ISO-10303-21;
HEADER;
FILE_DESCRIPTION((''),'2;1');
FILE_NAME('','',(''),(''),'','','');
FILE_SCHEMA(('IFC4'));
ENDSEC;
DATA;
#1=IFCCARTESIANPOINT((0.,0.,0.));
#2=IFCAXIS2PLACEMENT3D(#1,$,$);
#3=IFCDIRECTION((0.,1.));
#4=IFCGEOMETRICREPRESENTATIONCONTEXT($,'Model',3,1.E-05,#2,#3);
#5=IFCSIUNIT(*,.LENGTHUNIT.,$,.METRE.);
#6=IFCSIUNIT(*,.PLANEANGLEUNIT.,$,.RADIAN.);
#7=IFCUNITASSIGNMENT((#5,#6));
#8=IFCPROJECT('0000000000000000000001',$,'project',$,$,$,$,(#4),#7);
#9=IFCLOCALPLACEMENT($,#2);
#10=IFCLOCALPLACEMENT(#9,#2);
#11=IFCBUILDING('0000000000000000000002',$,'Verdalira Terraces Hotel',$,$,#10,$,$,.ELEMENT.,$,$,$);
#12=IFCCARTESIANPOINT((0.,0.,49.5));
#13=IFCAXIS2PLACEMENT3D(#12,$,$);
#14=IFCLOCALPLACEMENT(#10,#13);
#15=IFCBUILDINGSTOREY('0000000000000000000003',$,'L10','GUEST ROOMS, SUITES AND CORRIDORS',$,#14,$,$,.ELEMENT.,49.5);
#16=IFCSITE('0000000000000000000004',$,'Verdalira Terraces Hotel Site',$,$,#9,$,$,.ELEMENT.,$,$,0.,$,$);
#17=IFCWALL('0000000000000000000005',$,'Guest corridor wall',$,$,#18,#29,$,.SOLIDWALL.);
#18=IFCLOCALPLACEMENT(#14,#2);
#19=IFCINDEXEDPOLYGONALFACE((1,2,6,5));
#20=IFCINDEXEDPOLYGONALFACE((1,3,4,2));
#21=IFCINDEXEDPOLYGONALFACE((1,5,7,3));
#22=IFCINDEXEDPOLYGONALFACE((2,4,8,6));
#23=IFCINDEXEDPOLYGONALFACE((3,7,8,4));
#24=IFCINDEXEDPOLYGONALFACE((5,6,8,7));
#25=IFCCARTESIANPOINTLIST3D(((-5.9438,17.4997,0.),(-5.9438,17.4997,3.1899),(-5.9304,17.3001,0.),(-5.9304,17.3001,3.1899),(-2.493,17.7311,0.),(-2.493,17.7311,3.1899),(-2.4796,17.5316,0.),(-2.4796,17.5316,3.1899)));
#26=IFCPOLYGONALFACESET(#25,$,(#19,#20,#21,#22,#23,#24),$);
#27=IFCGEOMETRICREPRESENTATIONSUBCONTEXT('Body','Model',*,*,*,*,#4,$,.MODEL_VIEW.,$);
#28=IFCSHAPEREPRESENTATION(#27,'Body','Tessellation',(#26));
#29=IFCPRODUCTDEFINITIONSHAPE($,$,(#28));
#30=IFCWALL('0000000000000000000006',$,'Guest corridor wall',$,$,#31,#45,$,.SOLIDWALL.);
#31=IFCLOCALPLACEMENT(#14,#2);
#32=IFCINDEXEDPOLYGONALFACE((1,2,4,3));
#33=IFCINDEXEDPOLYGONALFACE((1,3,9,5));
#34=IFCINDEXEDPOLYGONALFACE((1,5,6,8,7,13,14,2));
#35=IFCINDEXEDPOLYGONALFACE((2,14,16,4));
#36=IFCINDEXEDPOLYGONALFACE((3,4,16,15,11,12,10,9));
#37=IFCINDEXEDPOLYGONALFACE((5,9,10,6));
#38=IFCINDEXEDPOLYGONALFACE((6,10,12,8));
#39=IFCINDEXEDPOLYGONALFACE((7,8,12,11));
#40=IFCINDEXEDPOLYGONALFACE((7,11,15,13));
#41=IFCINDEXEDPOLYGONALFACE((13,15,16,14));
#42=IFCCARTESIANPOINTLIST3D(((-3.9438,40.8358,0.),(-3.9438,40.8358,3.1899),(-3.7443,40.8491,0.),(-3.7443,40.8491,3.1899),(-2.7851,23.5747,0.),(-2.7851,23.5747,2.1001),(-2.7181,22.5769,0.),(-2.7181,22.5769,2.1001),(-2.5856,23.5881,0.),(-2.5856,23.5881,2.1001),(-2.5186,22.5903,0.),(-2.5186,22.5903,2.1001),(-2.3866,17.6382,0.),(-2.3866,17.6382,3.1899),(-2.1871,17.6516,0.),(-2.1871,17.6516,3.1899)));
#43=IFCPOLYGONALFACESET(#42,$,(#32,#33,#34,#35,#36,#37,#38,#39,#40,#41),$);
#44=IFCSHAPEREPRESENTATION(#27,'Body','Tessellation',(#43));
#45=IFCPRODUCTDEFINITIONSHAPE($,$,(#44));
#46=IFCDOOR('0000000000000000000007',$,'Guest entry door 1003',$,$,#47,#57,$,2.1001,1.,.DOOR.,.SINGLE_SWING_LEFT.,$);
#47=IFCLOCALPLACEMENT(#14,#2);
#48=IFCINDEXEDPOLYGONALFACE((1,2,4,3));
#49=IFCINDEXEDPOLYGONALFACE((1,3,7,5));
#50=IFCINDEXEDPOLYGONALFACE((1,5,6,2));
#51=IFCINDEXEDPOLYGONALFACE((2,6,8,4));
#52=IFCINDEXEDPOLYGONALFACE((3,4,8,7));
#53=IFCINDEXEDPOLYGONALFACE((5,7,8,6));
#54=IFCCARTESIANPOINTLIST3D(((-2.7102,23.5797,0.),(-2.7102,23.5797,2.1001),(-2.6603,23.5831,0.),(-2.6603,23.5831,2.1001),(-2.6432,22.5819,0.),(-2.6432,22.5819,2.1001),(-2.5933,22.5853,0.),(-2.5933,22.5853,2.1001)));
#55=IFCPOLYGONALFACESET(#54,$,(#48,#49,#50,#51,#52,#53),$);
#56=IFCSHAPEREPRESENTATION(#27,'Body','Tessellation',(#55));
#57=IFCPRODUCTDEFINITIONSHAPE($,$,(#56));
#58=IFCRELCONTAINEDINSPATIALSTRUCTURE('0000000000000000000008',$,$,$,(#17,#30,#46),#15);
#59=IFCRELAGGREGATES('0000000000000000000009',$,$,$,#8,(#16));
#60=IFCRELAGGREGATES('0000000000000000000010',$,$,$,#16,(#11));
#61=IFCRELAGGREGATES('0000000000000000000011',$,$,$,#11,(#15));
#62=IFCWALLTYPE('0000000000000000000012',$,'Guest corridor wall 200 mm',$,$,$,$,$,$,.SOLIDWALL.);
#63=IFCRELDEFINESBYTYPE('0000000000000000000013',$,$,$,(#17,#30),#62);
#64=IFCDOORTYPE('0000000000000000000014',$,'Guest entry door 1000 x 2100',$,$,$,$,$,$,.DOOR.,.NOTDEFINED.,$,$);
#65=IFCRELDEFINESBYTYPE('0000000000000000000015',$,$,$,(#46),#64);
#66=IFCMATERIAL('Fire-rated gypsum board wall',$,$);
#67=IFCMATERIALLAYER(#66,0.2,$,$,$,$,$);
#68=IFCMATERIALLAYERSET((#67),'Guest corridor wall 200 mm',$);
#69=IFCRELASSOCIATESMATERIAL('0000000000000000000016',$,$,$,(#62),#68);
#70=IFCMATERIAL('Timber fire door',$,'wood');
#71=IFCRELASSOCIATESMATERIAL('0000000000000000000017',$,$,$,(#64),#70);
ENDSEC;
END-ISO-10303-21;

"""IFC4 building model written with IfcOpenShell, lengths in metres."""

from ifc_helpers import new_model, si_unit, direction, frame, frame_2d, origin, place, context, subcontext, project, spatial, rectangle, extrude, material, layer, layer_set, type_object, element, fill, save


model = new_model("IFC4")

# Units and contexts
model_context = context("Model", 3, precision=1e-05, world=origin(), true_north=direction((0.0, 1.0)))
body_context = subcontext(model_context, "Body", "Model", "MODEL_VIEW")
ifc_project = project(units=[si_unit("LENGTHUNIT", "METRE"), si_unit("PLANEANGLEUNIT", "RADIAN")], contexts=[model_context])

# Site, building, storey
site_placement = place(None, origin())
site = spatial("IfcSite", under=ifc_project, at=site_placement, Name="Verdalira Terraces Hotel Site", CompositionType="ELEMENT", RefElevation=0.0)
building_placement = place(site_placement, origin())
building = spatial("IfcBuilding", under=site, at=building_placement, Name="Verdalira Terraces Hotel", CompositionType="ELEMENT")
storey_placement = place(building_placement, frame((0.0, 0.0, 49.5)))
storey = spatial("IfcBuildingStorey", under=building, at=storey_placement, Name="L10", Description="GUEST ROOMS, SUITES AND CORRIDORS", CompositionType="ELEMENT", Elevation=49.5)

# Wall
ifc_material_1 = material(Name="Fire-rated gypsum board wall")
ifc_layer_1 = layer(ifc_material_1, 0.2)
ifc_layer_set_1 = layer_set([ifc_layer_1], Name="Guest corridor wall 200 mm")
wall_type_1 = type_object("IfcWallType", Name="Guest corridor wall 200 mm", PredefinedType="SOLIDWALL", material=ifc_layer_set_1)
wall_1_placement = place(storey_placement, frame((-2.4863, 17.6313, 0.0), z_axis=(0.0, 0.0, 1.0), x_axis=(-0.997758, -0.066922, 0.0)))
element("IfcWall", 1, at=wall_1_placement, inside=storey, type_object=wall_type_1, Name="Guest corridor wall", PredefinedType="SOLIDWALL", context=body_context, shape_type="SweptSolid", body=[
    extrude(rectangle(XDim=3.4585, YDim=0.2, at=frame_2d((1.7292, 0.0))), origin(), (0.0, 0.0, 1.0), 3.1899),
])

# Wall, opening, door
wall_2_placement = place(storey_placement, frame((-2.2869, 17.6448, 0.0), z_axis=(0.0, 0.0, 1.0), x_axis=(-0.066974, 0.997755, 0.0)))
wall_2 = element("IfcWall", 2, at=wall_2_placement, inside=storey, type_object=wall_type_1, Name="Guest corridor wall", PredefinedType="SOLIDWALL", context=body_context, shape_type="SweptSolid", body=[
    extrude(rectangle(XDim=23.2498, YDim=0.2, at=frame_2d((11.625, 0.0))), origin(), (0.0, 0.0, 1.0), 3.1899),
])
opening_1_placement = place(wall_2_placement, frame((4.95, 0.0, 0.0)))
opening_1 = element("IfcOpeningElement", 3, at=opening_1_placement, cuts=wall_2, PredefinedType="OPENING", context=body_context, shape_type="SweptSolid", body=[
    extrude(rectangle(XDim=1.0, YDim=2.1001, at=frame_2d((0.5, 1.05))), frame((0.0, 0.1099, 0.0), z_axis=(0.0, -1.0, 0.0), x_axis=(1.0, 0.0, 0.0)), (0.0, 0.0, 1.0), 0.22),
])
ifc_material_2 = material(Name="Timber fire door", Category="wood")
door_type_1 = type_object("IfcDoorType", Name="Guest entry door 1000 x 2100", OperationType="NOTDEFINED", PredefinedType="DOOR", material=ifc_material_2)
door_1_placement = place(opening_1_placement, origin())
door_1 = element("IfcDoor", 4, at=door_1_placement, inside=storey, type_object=door_type_1, Name="Guest entry door 1003", OperationType="SINGLE_SWING_LEFT", OverallHeight=2.1001, OverallWidth=1.0, PredefinedType="DOOR", context=body_context, shape_type="SweptSolid", body=[
    extrude(rectangle(XDim=1.0, YDim=2.1001, at=frame_2d((0.5, 1.05))), frame((0.0, 0.0249, 0.0), z_axis=(0.0, -1.0, 0.0), x_axis=(1.0, 0.0, 0.0)), (0.0, 0.0, 1.0), 0.05),
])
fill(opening_1, door_1)

save(model, "model.ifc")
